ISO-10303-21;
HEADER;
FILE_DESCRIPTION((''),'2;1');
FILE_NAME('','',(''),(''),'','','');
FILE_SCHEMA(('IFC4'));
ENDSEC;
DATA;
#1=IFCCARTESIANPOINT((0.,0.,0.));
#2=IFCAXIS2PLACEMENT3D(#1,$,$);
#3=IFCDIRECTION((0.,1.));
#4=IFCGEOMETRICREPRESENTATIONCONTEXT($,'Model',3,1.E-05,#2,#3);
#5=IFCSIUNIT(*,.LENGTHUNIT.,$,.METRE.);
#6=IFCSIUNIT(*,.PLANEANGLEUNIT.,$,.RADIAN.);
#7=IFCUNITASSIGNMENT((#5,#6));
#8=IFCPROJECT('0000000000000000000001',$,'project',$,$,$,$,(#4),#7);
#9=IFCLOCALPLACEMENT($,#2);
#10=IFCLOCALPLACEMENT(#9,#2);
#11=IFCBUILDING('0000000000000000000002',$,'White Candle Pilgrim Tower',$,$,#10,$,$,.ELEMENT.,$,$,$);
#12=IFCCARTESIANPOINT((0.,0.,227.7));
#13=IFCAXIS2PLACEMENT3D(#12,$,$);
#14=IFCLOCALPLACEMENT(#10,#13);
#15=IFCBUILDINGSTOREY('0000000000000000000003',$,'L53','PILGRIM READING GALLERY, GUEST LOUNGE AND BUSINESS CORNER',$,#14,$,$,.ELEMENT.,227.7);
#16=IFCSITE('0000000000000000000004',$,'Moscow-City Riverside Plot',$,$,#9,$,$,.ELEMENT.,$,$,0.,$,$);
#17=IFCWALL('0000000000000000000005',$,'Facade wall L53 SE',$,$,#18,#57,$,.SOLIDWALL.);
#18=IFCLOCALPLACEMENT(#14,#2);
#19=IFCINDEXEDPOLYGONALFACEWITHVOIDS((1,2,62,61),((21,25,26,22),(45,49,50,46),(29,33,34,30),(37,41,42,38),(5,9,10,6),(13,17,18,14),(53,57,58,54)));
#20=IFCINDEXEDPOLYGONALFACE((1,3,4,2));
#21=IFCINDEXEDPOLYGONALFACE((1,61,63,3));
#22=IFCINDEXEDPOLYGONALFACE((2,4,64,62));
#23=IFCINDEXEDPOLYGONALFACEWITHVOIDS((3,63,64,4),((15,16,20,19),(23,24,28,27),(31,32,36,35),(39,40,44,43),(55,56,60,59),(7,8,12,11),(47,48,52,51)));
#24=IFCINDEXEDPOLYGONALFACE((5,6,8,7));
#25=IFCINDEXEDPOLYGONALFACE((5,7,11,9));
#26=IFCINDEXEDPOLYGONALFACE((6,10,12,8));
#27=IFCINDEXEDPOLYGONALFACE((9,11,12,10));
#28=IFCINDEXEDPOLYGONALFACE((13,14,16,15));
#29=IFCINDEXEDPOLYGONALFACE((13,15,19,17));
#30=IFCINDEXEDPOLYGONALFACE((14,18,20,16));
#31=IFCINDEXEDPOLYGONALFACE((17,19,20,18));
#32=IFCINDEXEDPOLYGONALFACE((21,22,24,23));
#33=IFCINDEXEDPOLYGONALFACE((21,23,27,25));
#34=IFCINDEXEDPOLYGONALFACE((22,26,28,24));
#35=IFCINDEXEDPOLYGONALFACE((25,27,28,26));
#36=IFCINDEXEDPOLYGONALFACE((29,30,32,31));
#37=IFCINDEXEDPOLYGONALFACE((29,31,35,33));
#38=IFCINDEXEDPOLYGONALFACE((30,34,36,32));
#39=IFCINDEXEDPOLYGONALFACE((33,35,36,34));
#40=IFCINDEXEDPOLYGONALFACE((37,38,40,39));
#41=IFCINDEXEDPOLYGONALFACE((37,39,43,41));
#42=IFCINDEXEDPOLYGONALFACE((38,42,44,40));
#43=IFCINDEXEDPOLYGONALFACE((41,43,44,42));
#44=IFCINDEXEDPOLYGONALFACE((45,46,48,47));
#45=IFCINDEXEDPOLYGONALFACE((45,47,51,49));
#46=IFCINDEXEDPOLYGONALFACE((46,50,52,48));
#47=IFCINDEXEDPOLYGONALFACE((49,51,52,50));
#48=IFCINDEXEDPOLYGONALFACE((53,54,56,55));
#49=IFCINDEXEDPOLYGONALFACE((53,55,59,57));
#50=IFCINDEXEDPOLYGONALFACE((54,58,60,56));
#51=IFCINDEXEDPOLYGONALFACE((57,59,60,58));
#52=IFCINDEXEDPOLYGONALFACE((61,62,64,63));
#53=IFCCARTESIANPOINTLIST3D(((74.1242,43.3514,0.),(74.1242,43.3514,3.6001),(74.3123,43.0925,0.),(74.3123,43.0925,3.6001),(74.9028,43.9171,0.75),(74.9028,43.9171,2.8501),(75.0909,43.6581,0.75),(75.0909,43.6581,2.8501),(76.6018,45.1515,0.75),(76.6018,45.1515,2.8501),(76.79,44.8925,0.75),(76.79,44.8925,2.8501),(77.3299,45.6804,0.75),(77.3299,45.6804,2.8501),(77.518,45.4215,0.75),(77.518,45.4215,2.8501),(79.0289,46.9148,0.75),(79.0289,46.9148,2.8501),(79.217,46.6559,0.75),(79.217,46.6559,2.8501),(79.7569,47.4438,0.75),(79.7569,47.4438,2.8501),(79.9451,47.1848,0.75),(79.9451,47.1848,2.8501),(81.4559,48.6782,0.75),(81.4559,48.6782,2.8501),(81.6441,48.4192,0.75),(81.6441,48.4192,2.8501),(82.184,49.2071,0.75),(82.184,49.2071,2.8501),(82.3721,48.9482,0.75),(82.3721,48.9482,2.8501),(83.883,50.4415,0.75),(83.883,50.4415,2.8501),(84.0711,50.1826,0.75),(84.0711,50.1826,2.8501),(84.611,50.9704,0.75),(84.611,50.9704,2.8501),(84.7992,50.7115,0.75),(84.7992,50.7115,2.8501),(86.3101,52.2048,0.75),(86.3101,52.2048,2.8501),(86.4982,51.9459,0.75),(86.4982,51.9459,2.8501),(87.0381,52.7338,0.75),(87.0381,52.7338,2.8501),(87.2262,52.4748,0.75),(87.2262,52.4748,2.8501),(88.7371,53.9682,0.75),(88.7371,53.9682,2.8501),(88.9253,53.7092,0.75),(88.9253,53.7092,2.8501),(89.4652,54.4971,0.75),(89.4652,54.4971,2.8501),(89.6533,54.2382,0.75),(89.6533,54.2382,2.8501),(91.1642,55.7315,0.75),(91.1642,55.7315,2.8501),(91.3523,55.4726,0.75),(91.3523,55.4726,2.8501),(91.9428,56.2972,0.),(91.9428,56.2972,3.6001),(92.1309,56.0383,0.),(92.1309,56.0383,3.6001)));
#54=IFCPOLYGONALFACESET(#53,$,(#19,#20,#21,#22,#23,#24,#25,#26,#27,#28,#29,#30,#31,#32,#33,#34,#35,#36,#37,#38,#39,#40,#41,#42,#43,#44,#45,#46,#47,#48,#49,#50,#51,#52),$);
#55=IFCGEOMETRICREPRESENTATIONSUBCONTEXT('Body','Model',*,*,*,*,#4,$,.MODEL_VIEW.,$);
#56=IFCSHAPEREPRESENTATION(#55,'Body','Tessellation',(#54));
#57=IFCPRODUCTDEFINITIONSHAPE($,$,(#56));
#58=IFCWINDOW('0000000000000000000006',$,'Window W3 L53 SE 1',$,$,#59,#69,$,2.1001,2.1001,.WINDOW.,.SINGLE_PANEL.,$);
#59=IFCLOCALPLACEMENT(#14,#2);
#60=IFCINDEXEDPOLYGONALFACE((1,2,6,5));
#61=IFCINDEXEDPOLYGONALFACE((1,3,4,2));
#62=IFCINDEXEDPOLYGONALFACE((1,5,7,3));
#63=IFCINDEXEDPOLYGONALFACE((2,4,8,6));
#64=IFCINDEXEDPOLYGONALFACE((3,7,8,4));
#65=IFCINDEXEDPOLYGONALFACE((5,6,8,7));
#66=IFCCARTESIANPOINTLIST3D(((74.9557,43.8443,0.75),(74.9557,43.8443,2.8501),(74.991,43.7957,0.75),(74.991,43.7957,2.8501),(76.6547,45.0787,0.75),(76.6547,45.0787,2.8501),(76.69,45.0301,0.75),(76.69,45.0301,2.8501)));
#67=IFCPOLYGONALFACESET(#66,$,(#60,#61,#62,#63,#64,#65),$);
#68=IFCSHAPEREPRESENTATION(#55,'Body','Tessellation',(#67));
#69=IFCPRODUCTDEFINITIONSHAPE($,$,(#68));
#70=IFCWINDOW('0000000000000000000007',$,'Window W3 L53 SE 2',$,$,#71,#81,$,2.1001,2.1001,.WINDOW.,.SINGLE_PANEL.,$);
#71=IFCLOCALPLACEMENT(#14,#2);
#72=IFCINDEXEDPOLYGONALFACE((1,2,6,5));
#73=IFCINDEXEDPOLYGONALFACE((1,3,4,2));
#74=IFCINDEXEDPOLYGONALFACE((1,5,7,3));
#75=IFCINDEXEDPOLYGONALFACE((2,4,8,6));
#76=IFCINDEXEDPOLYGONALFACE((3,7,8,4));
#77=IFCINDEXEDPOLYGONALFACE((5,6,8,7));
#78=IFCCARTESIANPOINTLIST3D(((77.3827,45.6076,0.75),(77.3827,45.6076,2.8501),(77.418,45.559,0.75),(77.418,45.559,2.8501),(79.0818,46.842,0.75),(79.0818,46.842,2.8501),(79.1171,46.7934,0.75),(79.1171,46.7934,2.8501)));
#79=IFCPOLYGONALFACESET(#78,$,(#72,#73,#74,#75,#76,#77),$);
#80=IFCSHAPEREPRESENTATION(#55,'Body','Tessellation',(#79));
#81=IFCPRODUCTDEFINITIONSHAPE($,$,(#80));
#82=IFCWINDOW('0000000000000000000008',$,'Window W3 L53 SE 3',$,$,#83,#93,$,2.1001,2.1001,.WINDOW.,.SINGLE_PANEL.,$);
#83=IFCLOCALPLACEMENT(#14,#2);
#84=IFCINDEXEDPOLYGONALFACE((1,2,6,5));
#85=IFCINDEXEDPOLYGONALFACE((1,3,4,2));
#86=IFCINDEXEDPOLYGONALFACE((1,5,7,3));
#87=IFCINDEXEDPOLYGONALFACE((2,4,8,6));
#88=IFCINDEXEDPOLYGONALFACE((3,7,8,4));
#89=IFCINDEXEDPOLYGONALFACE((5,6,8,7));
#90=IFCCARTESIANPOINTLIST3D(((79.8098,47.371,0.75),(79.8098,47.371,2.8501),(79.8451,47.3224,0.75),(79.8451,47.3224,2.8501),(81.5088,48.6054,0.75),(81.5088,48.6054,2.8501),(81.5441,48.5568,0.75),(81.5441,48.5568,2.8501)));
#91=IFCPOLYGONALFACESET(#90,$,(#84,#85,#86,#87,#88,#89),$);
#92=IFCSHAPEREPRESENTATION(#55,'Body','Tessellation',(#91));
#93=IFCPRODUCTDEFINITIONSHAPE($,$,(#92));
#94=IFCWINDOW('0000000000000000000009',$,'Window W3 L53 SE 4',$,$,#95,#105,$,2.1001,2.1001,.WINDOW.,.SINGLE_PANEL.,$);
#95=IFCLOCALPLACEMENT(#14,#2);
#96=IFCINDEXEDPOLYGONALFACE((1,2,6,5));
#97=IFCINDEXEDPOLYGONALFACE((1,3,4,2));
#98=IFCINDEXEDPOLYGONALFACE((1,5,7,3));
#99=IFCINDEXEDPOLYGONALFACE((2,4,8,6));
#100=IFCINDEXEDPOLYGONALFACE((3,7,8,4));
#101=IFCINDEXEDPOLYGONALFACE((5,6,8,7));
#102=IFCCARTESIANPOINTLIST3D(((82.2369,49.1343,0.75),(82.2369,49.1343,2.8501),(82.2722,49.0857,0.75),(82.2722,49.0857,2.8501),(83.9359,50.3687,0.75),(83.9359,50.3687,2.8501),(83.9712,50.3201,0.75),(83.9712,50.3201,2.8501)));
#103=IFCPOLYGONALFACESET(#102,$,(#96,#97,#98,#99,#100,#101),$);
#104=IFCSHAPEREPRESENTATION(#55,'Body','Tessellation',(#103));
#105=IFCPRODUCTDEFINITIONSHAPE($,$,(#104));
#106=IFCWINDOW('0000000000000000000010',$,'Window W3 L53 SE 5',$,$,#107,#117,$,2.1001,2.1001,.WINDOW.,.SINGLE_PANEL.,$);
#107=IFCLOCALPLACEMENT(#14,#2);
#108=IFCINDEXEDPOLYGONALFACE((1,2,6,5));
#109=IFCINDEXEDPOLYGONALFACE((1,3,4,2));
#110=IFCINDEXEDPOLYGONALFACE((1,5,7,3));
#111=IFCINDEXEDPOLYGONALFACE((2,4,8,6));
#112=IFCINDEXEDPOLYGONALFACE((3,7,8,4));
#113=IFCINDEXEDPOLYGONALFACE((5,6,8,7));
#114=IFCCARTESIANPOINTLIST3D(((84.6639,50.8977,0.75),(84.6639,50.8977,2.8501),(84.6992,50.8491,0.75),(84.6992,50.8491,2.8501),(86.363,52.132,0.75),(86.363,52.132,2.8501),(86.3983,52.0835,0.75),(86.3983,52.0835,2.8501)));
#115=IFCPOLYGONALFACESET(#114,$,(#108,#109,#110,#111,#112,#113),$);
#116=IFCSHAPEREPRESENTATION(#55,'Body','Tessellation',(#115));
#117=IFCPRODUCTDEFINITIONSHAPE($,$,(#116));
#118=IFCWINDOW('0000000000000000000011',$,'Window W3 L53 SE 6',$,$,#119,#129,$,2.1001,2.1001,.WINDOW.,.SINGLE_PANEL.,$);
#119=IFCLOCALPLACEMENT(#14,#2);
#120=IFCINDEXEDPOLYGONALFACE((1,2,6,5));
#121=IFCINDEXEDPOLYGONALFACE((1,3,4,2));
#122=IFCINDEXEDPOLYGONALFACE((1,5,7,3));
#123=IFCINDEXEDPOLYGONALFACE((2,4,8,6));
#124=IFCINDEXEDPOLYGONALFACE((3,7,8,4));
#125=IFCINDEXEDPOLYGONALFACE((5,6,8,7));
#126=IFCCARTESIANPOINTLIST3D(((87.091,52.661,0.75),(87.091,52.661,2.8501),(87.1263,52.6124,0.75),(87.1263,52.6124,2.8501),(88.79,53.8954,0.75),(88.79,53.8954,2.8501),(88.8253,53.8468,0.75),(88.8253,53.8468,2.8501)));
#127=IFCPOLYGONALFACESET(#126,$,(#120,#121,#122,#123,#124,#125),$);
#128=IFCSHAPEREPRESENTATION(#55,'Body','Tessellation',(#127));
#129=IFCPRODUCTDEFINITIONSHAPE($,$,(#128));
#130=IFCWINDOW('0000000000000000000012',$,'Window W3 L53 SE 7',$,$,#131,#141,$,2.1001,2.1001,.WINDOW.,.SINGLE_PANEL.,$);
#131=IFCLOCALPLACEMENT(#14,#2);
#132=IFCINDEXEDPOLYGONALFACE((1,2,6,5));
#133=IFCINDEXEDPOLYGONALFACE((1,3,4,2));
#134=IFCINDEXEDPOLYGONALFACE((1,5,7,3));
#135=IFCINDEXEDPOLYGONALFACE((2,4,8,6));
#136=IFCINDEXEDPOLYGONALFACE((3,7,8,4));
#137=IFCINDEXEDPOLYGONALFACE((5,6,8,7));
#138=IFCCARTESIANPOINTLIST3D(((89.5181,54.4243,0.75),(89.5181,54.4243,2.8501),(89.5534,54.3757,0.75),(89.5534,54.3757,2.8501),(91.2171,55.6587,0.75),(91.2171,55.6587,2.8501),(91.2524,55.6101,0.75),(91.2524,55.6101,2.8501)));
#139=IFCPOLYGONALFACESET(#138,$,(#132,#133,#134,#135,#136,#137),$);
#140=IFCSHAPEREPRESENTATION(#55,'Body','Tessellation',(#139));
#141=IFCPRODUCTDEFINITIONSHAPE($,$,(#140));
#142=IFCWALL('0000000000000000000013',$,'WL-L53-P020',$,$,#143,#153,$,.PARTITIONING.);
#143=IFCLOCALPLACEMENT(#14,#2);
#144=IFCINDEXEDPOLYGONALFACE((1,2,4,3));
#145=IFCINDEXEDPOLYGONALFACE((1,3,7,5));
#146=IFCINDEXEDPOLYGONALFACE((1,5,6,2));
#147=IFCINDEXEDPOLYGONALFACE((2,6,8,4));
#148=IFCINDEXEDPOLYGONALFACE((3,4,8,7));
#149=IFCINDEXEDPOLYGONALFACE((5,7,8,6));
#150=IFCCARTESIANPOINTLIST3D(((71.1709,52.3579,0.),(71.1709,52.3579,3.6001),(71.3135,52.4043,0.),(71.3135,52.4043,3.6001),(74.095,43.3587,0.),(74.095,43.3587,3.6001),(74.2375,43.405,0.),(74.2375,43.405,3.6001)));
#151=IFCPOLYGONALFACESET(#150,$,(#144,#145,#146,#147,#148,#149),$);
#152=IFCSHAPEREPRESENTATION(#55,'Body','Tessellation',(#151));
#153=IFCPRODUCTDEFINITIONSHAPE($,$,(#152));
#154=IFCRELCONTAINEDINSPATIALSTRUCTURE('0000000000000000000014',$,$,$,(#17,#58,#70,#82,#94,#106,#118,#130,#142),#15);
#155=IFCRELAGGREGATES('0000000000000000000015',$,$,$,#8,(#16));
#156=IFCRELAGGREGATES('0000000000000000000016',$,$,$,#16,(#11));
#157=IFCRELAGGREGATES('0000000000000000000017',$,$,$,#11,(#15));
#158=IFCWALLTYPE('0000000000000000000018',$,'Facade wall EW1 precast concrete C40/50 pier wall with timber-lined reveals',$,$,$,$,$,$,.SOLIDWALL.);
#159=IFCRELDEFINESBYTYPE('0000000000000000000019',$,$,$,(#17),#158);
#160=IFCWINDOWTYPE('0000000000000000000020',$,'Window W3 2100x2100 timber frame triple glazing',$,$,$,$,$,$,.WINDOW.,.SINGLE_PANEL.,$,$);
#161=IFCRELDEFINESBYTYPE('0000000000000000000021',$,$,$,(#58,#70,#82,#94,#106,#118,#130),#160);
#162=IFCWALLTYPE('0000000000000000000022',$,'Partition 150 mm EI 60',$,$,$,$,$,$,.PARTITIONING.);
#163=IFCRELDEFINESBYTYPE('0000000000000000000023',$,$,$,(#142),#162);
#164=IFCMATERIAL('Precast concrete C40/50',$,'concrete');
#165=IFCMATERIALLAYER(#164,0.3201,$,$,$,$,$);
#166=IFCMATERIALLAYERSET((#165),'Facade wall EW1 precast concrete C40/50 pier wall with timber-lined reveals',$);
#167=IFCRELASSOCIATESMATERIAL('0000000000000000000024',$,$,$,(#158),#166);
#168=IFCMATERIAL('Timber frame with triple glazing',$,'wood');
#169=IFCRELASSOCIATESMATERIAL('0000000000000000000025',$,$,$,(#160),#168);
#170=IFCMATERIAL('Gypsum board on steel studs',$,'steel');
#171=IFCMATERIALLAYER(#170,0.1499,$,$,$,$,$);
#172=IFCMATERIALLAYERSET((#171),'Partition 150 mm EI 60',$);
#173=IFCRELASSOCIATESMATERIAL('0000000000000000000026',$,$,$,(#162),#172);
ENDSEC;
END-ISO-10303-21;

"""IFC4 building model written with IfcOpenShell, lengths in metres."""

from ifc_helpers import new_model, si_unit, direction, frame, frame_2d, origin, place, context, subcontext, project, spatial, rectangle, extrude, material, layer, layer_set, type_object, element, fill, save


model = new_model("IFC4")

# Units and contexts
model_context = context("Model", 3, precision=1e-05, world=origin(), true_north=direction((0.0, 1.0)))
body_context = subcontext(model_context, "Body", "Model", "MODEL_VIEW")
ifc_project = project(units=[si_unit("LENGTHUNIT", "METRE"), si_unit("PLANEANGLEUNIT", "RADIAN")], contexts=[model_context])

# Site, building, storey
site_placement = place(None, origin())
site = spatial("IfcSite", under=ifc_project, at=site_placement, Name="Moscow-City Riverside Plot", CompositionType="ELEMENT", RefElevation=0.0)
building_placement = place(site_placement, origin())
building = spatial("IfcBuilding", under=site, at=building_placement, Name="White Candle Pilgrim Tower", CompositionType="ELEMENT")
storey_placement = place(building_placement, frame((0.0, 0.0, 227.7)))
storey = spatial("IfcBuildingStorey", under=building, at=storey_placement, Name="L53", Description="PILGRIM READING GALLERY, GUEST LOUNGE AND BUSINESS CORNER", CompositionType="ELEMENT", Elevation=227.7)

# Shared definitions
ifc_material_1 = material(Name="Gypsum board on steel studs", Category="steel")

# Wall, openings, windows
ifc_material_2 = material(Name="Precast concrete C40/50", Category="concrete")
ifc_layer_1 = layer(ifc_material_2, 0.3201)
ifc_layer_set_1 = layer_set([ifc_layer_1], Name="Facade wall EW1 precast concrete C40/50 pier wall with timber-lined reveals")
wall_type_1 = type_object("IfcWallType", Name="Facade wall EW1 precast concrete C40/50 pier wall with timber-lined reveals", PredefinedType="SOLIDWALL", material=ifc_layer_set_1)
wall_1_placement = place(storey_placement, frame((74.2183, 43.2219, 0.0), z_axis=(0.0, 0.0, 1.0), x_axis=(0.809021, 0.58778, 0.0)))
wall_1 = element("IfcWall", 1, at=wall_1_placement, inside=storey, type_object=wall_type_1, Name="Facade wall L53 SE", PredefinedType="SOLIDWALL", context=body_context, shape_type="SweptSolid", body=[
    extrude(rectangle(XDim=22.0249, YDim=0.3201, at=frame_2d((11.0125, 0.0))), origin(), (0.0, 0.0, 1.0), 3.6001),
])
opening_1_placement = place(wall_1_placement, frame((0.9624, 0.0, 0.75)))
opening_1 = element("IfcOpeningElement", 2, at=opening_1_placement, cuts=wall_1, PredefinedType="OPENING", context=body_context, shape_type="SweptSolid", body=[
    extrude(rectangle(XDim=2.1001, YDim=2.1001, at=frame_2d((1.05, 1.05))), frame((0.0, 0.1699, 0.0), z_axis=(0.0, -1.0, 0.0), x_axis=(1.0, 0.0, 0.0)), (0.0, 0.0, 1.0), 0.3401),
])
opening_2_placement = place(wall_1_placement, frame((3.9624, 0.0, 0.75)))
opening_2 = element("IfcOpeningElement", 3, at=opening_2_placement, cuts=wall_1, PredefinedType="OPENING", context=body_context, shape_type="SweptSolid", body=[
    extrude(rectangle(XDim=2.1001, YDim=2.1001, at=frame_2d((1.05, 1.05))), frame((0.0, 0.1699, 0.0), z_axis=(0.0, -1.0, 0.0), x_axis=(1.0, 0.0, 0.0)), (0.0, 0.0, 1.0), 0.3401),
])
opening_3_placement = place(wall_1_placement, frame((6.9624, 0.0, 0.75)))
opening_3 = element("IfcOpeningElement", 4, at=opening_3_placement, cuts=wall_1, PredefinedType="OPENING", context=body_context, shape_type="SweptSolid", body=[
    extrude(rectangle(XDim=2.1001, YDim=2.1001, at=frame_2d((1.05, 1.05))), frame((0.0, 0.1699, 0.0), z_axis=(0.0, -1.0, 0.0), x_axis=(1.0, 0.0, 0.0)), (0.0, 0.0, 1.0), 0.3401),
])
opening_4_placement = place(wall_1_placement, frame((9.9624, 0.0, 0.75)))
opening_4 = element("IfcOpeningElement", 5, at=opening_4_placement, cuts=wall_1, PredefinedType="OPENING", context=body_context, shape_type="SweptSolid", body=[
    extrude(rectangle(XDim=2.1001, YDim=2.1001, at=frame_2d((1.05, 1.05))), frame((0.0, 0.1699, 0.0), z_axis=(0.0, -1.0, 0.0), x_axis=(1.0, 0.0, 0.0)), (0.0, 0.0, 1.0), 0.3401),
])
opening_5_placement = place(wall_1_placement, frame((12.9624, 0.0, 0.75)))
opening_5 = element("IfcOpeningElement", 6, at=opening_5_placement, cuts=wall_1, PredefinedType="OPENING", context=body_context, shape_type="SweptSolid", body=[
    extrude(rectangle(XDim=2.1001, YDim=2.1001, at=frame_2d((1.05, 1.05))), frame((0.0, 0.1699, 0.0), z_axis=(0.0, -1.0, 0.0), x_axis=(1.0, 0.0, 0.0)), (0.0, 0.0, 1.0), 0.3401),
])
opening_6_placement = place(wall_1_placement, frame((15.9624, 0.0, 0.75)))
opening_6 = element("IfcOpeningElement", 7, at=opening_6_placement, cuts=wall_1, PredefinedType="OPENING", context=body_context, shape_type="SweptSolid", body=[
    extrude(rectangle(XDim=2.1001, YDim=2.1001, at=frame_2d((1.05, 1.05))), frame((0.0, 0.1699, 0.0), z_axis=(0.0, -1.0, 0.0), x_axis=(1.0, 0.0, 0.0)), (0.0, 0.0, 1.0), 0.3401),
])
opening_7_placement = place(wall_1_placement, frame((18.9624, 0.0, 0.75)))
opening_7 = element("IfcOpeningElement", 8, at=opening_7_placement, cuts=wall_1, PredefinedType="OPENING", context=body_context, shape_type="SweptSolid", body=[
    extrude(rectangle(XDim=2.1001, YDim=2.1001, at=frame_2d((1.05, 1.05))), frame((0.0, 0.1699, 0.0), z_axis=(0.0, -1.0, 0.0), x_axis=(1.0, 0.0, 0.0)), (0.0, 0.0, 1.0), 0.3401),
])
ifc_material_3 = material(Name="Timber frame with triple glazing", Category="wood")
window_type = type_object("IfcWindowType", Name="Window W3 2100x2100 timber frame triple glazing", PartitioningType="SINGLE_PANEL", PredefinedType="WINDOW", material=ifc_material_3)
window_1_placement = place(opening_1_placement, origin())
window_1 = element("IfcWindow", 9, at=window_1_placement, inside=storey, type_object=window_type, Name="Window W3 L53 SE 1", OverallHeight=2.1001, OverallWidth=2.1001, PartitioningType="SINGLE_PANEL", PredefinedType="WINDOW", context=body_context, shape_type="SweptSolid", body=[
    extrude(rectangle(XDim=2.1001, YDim=2.1001, at=frame_2d((1.05, 1.05))), frame((0.0, 0.0701, 0.0), z_axis=(0.0, -1.0, 0.0), x_axis=(1.0, 0.0, 0.0)), (0.0, 0.0, 1.0), 0.0601),
])
fill(opening_1, window_1)
window_2_placement = place(opening_2_placement, origin())
window_2 = element("IfcWindow", 10, at=window_2_placement, inside=storey, type_object=window_type, Name="Window W3 L53 SE 2", OverallHeight=2.1001, OverallWidth=2.1001, PartitioningType="SINGLE_PANEL", PredefinedType="WINDOW", context=body_context, shape_type="SweptSolid", body=[
    extrude(rectangle(XDim=2.1001, YDim=2.1001, at=frame_2d((1.05, 1.05))), frame((0.0, 0.0701, 0.0), z_axis=(0.0, -1.0, 0.0), x_axis=(1.0, 0.0, 0.0)), (0.0, 0.0, 1.0), 0.0601),
])
fill(opening_2, window_2)
window_3_placement = place(opening_3_placement, origin())
window_3 = element("IfcWindow", 11, at=window_3_placement, inside=storey, type_object=window_type, Name="Window W3 L53 SE 3", OverallHeight=2.1001, OverallWidth=2.1001, PartitioningType="SINGLE_PANEL", PredefinedType="WINDOW", context=body_context, shape_type="SweptSolid", body=[
    extrude(rectangle(XDim=2.1001, YDim=2.1001, at=frame_2d((1.05, 1.05))), frame((0.0, 0.0701, 0.0), z_axis=(0.0, -1.0, 0.0), x_axis=(1.0, 0.0, 0.0)), (0.0, 0.0, 1.0), 0.0601),
])
fill(opening_3, window_3)
window_4_placement = place(opening_4_placement, origin())
window_4 = element("IfcWindow", 12, at=window_4_placement, inside=storey, type_object=window_type, Name="Window W3 L53 SE 4", OverallHeight=2.1001, OverallWidth=2.1001, PartitioningType="SINGLE_PANEL", PredefinedType="WINDOW", context=body_context, shape_type="SweptSolid", body=[
    extrude(rectangle(XDim=2.1001, YDim=2.1001, at=frame_2d((1.05, 1.05))), frame((0.0, 0.0701, 0.0), z_axis=(0.0, -1.0, 0.0), x_axis=(1.0, 0.0, 0.0)), (0.0, 0.0, 1.0), 0.0601),
])
fill(opening_4, window_4)
window_5_placement = place(opening_5_placement, origin())
window_5 = element("IfcWindow", 13, at=window_5_placement, inside=storey, type_object=window_type, Name="Window W3 L53 SE 5", OverallHeight=2.1001, OverallWidth=2.1001, PartitioningType="SINGLE_PANEL", PredefinedType="WINDOW", context=body_context, shape_type="SweptSolid", body=[
    extrude(rectangle(XDim=2.1001, YDim=2.1001, at=frame_2d((1.05, 1.05))), frame((0.0, 0.0701, 0.0), z_axis=(0.0, -1.0, 0.0), x_axis=(1.0, 0.0, 0.0)), (0.0, 0.0, 1.0), 0.0601),
])
fill(opening_5, window_5)
window_6_placement = place(opening_6_placement, origin())
window_6 = element("IfcWindow", 14, at=window_6_placement, inside=storey, type_object=window_type, Name="Window W3 L53 SE 6", OverallHeight=2.1001, OverallWidth=2.1001, PartitioningType="SINGLE_PANEL", PredefinedType="WINDOW", context=body_context, shape_type="SweptSolid", body=[
    extrude(rectangle(XDim=2.1001, YDim=2.1001, at=frame_2d((1.05, 1.05))), frame((0.0, 0.0701, 0.0), z_axis=(0.0, -1.0, 0.0), x_axis=(1.0, 0.0, 0.0)), (0.0, 0.0, 1.0), 0.0601),
])
fill(opening_6, window_6)
window_7_placement = place(opening_7_placement, origin())
window_7 = element("IfcWindow", 15, at=window_7_placement, inside=storey, type_object=window_type, Name="Window W3 L53 SE 7", OverallHeight=2.1001, OverallWidth=2.1001, PartitioningType="SINGLE_PANEL", PredefinedType="WINDOW", context=body_context, shape_type="SweptSolid", body=[
    extrude(rectangle(XDim=2.1001, YDim=2.1001, at=frame_2d((1.05, 1.05))), frame((0.0, 0.0701, 0.0), z_axis=(0.0, -1.0, 0.0), x_axis=(1.0, 0.0, 0.0)), (0.0, 0.0, 1.0), 0.0601),
])
fill(opening_7, window_7)

# Wall
ifc_layer_2 = layer(ifc_material_1, 0.1499)
ifc_layer_set_2 = layer_set([ifc_layer_2], Name="Partition 150 mm EI 60")
wall_type_2 = type_object("IfcWallType", Name="Partition 150 mm EI 60", PredefinedType="PARTITIONING", material=ifc_layer_set_2)
wall_2_placement = place(storey_placement, frame((74.1663, 43.3818, 0.0), z_axis=(0.0, 0.0, 1.0), x_axis=(-0.30902, 0.951055, 0.0)))
element("IfcWall", 16, at=wall_2_placement, inside=storey, type_object=wall_type_2, Name="WL-L53-P020", PredefinedType="PARTITIONING", context=body_context, shape_type="SweptSolid", body=[
    extrude(rectangle(XDim=9.4624, YDim=0.1499, at=frame_2d((4.7312, 0.0))), origin(), (0.0, 0.0, 1.0), 3.6001),
])

save(model, "model.ifc")
